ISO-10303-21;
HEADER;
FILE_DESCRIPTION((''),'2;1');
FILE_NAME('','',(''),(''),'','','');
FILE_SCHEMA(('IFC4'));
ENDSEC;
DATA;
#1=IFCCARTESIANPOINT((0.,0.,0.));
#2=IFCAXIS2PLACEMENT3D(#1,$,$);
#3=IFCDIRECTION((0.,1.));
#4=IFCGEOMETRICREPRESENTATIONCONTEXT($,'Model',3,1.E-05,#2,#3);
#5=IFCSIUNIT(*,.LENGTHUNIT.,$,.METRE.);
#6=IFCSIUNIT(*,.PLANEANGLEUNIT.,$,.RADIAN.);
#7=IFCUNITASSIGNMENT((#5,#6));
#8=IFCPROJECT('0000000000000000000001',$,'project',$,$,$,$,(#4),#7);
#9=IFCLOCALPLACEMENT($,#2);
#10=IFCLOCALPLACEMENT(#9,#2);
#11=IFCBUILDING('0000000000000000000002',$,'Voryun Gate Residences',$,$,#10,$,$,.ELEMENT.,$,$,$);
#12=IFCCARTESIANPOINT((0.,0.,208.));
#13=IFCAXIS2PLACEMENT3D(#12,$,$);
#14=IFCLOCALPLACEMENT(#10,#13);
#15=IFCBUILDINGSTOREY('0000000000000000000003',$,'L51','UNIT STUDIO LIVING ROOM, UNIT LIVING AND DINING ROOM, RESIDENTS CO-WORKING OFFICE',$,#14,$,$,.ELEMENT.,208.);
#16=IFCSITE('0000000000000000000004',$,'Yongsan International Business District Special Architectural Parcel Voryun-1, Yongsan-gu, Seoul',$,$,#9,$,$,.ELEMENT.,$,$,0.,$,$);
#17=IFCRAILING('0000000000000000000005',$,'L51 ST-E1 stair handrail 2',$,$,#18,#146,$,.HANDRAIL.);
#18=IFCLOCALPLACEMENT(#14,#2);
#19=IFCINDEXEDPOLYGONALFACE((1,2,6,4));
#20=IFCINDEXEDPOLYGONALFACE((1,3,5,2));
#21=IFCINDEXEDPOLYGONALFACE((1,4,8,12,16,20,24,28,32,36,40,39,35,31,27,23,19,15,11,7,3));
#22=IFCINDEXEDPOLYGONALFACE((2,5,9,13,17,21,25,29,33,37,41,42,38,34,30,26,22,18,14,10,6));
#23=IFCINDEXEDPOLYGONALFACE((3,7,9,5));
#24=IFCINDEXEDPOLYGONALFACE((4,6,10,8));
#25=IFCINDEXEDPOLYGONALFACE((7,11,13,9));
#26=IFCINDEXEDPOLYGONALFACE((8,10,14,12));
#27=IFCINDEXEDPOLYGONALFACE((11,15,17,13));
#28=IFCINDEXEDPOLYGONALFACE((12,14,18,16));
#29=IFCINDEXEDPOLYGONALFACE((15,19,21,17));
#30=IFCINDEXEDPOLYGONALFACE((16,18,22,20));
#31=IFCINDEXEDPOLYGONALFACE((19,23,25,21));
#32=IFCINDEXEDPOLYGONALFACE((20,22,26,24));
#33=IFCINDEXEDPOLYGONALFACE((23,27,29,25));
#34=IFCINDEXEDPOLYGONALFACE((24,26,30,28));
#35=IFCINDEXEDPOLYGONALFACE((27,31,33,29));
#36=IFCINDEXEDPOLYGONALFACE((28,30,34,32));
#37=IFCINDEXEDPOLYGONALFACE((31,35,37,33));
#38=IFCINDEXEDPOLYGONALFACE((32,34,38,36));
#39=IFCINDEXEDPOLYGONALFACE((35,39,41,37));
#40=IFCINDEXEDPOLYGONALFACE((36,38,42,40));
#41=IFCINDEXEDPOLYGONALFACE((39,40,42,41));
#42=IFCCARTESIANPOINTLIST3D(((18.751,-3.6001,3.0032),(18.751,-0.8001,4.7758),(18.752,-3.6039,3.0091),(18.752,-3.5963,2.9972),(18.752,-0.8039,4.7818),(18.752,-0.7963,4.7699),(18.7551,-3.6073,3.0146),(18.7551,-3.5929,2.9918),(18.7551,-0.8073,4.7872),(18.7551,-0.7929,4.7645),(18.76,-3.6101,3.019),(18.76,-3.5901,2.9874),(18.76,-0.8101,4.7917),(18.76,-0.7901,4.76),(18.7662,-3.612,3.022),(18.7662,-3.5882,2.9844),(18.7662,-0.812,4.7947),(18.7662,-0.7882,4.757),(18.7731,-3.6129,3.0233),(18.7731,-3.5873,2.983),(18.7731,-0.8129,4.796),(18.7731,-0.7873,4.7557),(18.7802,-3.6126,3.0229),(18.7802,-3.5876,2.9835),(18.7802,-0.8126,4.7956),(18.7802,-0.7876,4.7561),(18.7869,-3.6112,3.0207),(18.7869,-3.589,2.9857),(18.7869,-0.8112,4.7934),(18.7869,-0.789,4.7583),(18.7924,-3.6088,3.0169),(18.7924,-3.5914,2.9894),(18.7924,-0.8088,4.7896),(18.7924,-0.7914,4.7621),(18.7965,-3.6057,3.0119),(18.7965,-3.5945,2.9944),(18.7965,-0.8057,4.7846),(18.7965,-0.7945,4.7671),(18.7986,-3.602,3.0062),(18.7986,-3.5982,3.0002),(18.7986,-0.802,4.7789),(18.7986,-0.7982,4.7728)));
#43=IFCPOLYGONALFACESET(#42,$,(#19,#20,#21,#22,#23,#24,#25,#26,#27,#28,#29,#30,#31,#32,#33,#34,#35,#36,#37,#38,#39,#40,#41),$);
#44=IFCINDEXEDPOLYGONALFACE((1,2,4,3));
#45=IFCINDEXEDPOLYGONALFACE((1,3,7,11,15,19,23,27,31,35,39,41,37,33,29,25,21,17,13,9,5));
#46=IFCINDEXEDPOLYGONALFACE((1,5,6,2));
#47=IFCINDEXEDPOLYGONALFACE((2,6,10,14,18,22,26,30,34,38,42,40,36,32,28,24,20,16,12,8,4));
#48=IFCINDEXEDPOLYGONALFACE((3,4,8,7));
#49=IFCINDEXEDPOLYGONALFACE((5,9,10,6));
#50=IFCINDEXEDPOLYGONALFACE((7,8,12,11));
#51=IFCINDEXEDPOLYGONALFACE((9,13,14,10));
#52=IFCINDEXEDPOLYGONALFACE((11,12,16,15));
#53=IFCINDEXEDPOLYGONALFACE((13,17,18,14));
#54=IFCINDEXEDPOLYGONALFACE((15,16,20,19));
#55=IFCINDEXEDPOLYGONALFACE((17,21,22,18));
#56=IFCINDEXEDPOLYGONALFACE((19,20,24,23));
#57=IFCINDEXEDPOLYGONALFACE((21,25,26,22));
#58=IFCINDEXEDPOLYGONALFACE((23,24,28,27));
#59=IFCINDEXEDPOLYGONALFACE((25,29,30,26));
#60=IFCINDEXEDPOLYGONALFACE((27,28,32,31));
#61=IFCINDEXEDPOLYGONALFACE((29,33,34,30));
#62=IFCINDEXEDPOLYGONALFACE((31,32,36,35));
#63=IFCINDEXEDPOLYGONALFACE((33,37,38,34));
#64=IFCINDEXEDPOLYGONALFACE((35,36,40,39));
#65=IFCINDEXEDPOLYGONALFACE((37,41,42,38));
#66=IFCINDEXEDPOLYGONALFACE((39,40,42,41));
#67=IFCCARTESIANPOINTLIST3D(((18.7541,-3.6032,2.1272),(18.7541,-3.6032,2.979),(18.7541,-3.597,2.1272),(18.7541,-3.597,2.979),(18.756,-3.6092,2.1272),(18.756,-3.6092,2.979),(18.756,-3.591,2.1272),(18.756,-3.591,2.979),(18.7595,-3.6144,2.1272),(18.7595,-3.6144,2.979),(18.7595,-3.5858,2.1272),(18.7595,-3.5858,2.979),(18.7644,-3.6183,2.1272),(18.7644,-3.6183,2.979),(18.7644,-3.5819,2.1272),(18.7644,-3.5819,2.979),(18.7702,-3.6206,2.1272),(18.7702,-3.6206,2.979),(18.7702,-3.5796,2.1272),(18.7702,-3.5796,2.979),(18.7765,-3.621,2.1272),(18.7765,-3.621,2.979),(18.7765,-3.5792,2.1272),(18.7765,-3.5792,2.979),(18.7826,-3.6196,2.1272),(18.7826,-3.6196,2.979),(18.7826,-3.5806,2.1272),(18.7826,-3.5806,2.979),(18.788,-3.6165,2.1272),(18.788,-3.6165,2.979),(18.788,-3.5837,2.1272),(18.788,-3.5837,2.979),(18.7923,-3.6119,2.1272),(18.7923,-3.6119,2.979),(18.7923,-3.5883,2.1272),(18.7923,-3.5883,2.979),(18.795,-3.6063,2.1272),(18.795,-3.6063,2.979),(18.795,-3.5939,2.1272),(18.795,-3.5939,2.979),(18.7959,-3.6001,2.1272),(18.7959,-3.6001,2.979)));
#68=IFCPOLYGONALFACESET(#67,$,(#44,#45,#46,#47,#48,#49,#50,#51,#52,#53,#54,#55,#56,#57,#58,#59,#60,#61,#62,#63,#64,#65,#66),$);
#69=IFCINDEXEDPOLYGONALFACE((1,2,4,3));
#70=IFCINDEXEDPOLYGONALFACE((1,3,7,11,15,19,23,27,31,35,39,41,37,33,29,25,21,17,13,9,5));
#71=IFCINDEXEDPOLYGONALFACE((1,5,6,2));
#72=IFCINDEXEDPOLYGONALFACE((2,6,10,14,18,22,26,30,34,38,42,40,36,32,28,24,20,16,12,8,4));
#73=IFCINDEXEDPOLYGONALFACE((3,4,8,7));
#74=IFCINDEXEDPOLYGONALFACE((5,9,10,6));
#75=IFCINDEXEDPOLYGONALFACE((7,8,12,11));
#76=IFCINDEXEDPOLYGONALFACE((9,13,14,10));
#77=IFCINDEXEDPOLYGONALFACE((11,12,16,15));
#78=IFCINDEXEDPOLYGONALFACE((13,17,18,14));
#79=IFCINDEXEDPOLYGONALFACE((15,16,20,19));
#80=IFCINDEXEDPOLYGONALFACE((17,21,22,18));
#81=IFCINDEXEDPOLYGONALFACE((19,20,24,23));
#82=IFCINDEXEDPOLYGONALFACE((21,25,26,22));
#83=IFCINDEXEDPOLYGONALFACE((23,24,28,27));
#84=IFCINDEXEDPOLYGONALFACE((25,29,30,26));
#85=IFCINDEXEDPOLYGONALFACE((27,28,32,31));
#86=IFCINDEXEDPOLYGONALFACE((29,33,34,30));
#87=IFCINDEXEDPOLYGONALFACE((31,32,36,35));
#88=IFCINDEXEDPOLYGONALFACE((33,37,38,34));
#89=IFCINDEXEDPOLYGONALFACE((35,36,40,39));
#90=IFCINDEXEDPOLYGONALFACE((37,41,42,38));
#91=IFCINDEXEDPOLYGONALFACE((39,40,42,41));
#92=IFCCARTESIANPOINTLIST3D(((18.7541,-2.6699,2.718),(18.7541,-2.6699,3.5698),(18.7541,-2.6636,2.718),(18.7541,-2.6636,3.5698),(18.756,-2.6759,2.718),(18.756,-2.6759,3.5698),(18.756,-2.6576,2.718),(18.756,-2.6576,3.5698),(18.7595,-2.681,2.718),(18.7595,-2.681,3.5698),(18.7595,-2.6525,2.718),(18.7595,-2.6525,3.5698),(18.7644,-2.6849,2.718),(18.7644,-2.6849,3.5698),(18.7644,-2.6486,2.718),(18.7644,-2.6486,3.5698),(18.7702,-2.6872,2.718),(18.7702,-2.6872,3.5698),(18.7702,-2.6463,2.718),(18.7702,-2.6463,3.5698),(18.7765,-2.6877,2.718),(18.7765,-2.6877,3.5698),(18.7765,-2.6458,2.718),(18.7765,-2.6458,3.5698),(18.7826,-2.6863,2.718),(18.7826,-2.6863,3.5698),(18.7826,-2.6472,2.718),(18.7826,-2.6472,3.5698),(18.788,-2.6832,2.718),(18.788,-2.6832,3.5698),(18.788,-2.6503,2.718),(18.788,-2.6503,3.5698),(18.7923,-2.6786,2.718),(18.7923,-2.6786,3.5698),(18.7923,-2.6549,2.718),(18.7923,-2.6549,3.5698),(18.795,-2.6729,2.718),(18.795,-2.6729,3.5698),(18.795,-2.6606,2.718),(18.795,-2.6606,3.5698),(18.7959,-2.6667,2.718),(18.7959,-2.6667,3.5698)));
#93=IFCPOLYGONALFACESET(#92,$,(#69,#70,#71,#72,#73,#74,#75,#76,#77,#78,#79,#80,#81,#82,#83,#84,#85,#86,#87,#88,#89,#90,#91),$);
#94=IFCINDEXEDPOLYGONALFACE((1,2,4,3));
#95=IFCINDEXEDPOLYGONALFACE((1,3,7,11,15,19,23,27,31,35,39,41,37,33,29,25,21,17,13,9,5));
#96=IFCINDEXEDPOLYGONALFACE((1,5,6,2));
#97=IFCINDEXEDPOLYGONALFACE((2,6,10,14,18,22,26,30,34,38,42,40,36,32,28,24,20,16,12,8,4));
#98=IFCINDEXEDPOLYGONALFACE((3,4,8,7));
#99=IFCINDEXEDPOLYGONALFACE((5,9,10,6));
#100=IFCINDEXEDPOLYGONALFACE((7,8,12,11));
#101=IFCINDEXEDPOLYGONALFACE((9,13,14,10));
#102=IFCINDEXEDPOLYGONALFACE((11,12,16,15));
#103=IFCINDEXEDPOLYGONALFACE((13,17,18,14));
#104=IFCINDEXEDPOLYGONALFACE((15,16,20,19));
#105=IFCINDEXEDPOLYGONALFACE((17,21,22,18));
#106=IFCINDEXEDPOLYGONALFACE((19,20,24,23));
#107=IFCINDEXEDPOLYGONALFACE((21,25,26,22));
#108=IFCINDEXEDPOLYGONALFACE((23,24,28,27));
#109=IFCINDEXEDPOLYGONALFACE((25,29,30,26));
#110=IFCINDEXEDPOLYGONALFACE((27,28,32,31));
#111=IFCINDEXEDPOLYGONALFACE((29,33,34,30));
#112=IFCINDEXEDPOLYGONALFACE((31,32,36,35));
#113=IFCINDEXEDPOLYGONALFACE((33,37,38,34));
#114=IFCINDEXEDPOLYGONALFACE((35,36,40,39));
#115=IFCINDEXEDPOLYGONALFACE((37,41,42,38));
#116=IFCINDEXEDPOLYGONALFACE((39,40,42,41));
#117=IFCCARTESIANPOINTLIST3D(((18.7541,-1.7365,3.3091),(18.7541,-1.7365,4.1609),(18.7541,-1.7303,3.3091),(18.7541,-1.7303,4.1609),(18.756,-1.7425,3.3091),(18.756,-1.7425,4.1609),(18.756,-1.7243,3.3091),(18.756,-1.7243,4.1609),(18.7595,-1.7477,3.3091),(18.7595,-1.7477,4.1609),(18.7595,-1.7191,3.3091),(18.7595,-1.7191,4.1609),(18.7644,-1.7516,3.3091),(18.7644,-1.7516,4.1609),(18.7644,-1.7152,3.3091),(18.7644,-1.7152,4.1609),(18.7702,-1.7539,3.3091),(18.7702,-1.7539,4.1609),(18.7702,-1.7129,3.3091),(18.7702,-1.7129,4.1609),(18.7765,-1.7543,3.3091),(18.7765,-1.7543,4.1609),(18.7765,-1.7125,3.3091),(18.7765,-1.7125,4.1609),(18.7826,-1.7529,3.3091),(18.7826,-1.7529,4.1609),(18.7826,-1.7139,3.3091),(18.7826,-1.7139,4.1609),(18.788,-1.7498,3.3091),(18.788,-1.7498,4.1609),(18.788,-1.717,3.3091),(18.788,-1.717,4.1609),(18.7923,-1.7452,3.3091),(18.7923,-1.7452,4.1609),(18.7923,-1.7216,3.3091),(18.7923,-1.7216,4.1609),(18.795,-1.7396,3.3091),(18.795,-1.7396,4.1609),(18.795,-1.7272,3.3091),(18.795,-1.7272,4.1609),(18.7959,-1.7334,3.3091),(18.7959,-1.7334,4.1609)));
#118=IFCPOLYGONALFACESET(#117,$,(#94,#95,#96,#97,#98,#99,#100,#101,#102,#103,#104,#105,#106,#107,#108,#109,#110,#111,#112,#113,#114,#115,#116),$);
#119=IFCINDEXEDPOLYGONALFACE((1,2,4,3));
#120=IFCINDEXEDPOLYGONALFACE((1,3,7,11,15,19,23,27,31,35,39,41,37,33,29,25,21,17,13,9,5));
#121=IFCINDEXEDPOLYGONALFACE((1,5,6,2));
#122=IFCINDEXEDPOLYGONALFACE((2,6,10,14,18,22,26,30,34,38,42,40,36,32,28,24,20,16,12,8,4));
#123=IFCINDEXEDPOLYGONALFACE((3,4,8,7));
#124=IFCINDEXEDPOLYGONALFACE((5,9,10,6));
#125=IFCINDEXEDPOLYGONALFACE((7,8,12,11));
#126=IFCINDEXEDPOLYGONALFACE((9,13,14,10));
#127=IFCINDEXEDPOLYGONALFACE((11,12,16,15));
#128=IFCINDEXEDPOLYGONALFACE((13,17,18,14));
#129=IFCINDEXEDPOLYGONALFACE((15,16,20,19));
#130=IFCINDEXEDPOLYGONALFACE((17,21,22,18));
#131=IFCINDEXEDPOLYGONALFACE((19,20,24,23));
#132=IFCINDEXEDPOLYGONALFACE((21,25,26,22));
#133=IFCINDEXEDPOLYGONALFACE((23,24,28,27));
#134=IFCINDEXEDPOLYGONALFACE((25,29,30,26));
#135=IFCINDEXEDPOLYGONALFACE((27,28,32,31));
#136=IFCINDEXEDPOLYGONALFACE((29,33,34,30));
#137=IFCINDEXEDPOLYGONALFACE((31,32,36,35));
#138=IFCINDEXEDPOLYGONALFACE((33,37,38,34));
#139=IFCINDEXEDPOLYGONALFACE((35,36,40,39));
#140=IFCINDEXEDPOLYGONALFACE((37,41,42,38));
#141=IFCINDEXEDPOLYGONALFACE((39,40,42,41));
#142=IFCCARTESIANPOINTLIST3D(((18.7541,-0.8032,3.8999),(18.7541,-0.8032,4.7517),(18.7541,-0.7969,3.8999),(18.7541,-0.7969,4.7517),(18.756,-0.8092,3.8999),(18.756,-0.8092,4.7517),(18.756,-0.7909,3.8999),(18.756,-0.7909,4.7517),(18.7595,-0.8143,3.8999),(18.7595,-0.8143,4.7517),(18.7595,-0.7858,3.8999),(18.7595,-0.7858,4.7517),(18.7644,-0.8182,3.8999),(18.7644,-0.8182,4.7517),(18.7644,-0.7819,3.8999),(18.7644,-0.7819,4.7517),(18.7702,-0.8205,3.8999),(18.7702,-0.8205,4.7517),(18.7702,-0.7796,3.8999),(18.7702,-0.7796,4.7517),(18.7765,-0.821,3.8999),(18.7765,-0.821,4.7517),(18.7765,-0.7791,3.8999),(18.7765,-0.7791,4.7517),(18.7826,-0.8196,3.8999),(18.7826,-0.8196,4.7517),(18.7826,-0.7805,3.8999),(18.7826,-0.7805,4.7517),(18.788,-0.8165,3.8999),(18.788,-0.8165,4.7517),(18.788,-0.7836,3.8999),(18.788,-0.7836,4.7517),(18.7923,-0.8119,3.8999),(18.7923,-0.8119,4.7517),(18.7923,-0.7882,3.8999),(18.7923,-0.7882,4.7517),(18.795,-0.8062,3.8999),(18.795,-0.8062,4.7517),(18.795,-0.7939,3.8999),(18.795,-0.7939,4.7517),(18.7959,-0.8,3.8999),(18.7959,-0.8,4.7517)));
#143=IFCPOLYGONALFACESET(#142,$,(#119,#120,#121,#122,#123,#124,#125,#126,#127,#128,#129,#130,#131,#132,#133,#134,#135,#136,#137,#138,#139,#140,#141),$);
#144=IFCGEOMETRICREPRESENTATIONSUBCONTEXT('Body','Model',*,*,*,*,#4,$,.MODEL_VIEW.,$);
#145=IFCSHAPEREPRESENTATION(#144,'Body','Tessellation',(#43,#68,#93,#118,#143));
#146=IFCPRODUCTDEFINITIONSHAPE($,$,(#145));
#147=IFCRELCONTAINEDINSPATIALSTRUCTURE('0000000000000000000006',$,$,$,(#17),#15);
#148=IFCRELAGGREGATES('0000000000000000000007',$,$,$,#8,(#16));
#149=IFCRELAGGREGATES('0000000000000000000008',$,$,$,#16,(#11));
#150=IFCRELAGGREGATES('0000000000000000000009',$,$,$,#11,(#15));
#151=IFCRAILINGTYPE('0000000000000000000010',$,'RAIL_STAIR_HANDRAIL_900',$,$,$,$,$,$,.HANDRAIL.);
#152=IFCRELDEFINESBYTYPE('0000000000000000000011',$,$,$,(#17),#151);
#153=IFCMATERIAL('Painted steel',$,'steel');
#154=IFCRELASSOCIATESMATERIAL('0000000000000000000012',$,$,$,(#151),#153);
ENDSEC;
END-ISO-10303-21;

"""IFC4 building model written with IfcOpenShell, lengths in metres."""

from ifc_helpers import new_model, si_unit, direction, frame, origin, origin_2d, place, context, subcontext, project, spatial, circle, extrude, material, type_object, element, save


model = new_model("IFC4")

# Units and contexts
model_context = context("Model", 3, precision=1e-05, world=origin(), true_north=direction((0.0, 1.0)))
body_context = subcontext(model_context, "Body", "Model", "MODEL_VIEW")
ifc_project = project(units=[si_unit("LENGTHUNIT", "METRE"), si_unit("PLANEANGLEUNIT", "RADIAN")], contexts=[model_context])

# Site, building, storey
site_placement = place(None, origin())
site = spatial("IfcSite", under=ifc_project, at=site_placement, Name="Yongsan International Business District Special Architectural Parcel Voryun-1, Yongsan-gu, Seoul", CompositionType="ELEMENT", RefElevation=0.0)
building_placement = place(site_placement, origin())
building = spatial("IfcBuilding", under=site, at=building_placement, Name="Voryun Gate Residences", CompositionType="ELEMENT")
storey_placement = place(building_placement, frame((0.0, 0.0, 208.0)))
storey = spatial("IfcBuildingStorey", under=building, at=storey_placement, Name="L51", Description="UNIT STUDIO LIVING ROOM, UNIT LIVING AND DINING ROOM, RESIDENTS CO-WORKING OFFICE", CompositionType="ELEMENT", Elevation=208.0)

# Railing
ifc_material_1 = material(Name="Painted steel", Category="steel")
railing_type_1 = type_object("IfcRailingType", Name="RAIL_STAIR_HANDRAIL_900", PredefinedType="HANDRAIL", material=ifc_material_1)
railing_1_placement = place(storey_placement, frame((18.7749, -3.6001, 2.1272)))
element("IfcRailing", 1, at=railing_1_placement, inside=storey, type_object=railing_type_1, Name="L51 ST-E1 stair handrail 2", PredefinedType="HANDRAIL", context=body_context, shape_type="SweptSolid", body=[
    extrude(circle(Radius=0.0239, at=origin_2d()), frame((0.0, 0.0, 0.876), z_axis=(0.0, 0.844909, 0.53491), x_axis=(-1.0, 0.0, 0.0)), (0.0, 0.0, 1.0), 3.314),
    extrude(circle(Radius=0.021, at=origin_2d()), origin(), (0.0, 0.0, 1.0), 0.8518),
    extrude(circle(Radius=0.021, at=origin_2d()), frame((0.0, 0.9333, 0.5908)), (0.0, 0.0, 1.0), 0.8518),
    extrude(circle(Radius=0.021, at=origin_2d()), frame((0.0, 1.8667, 1.1819)), (0.0, 0.0, 1.0), 0.8518),
    extrude(circle(Radius=0.021, at=origin_2d()), frame((0.0, 2.8, 1.7727)), (0.0, 0.0, 1.0), 0.8518),
])

save(model, "model.ifc")
